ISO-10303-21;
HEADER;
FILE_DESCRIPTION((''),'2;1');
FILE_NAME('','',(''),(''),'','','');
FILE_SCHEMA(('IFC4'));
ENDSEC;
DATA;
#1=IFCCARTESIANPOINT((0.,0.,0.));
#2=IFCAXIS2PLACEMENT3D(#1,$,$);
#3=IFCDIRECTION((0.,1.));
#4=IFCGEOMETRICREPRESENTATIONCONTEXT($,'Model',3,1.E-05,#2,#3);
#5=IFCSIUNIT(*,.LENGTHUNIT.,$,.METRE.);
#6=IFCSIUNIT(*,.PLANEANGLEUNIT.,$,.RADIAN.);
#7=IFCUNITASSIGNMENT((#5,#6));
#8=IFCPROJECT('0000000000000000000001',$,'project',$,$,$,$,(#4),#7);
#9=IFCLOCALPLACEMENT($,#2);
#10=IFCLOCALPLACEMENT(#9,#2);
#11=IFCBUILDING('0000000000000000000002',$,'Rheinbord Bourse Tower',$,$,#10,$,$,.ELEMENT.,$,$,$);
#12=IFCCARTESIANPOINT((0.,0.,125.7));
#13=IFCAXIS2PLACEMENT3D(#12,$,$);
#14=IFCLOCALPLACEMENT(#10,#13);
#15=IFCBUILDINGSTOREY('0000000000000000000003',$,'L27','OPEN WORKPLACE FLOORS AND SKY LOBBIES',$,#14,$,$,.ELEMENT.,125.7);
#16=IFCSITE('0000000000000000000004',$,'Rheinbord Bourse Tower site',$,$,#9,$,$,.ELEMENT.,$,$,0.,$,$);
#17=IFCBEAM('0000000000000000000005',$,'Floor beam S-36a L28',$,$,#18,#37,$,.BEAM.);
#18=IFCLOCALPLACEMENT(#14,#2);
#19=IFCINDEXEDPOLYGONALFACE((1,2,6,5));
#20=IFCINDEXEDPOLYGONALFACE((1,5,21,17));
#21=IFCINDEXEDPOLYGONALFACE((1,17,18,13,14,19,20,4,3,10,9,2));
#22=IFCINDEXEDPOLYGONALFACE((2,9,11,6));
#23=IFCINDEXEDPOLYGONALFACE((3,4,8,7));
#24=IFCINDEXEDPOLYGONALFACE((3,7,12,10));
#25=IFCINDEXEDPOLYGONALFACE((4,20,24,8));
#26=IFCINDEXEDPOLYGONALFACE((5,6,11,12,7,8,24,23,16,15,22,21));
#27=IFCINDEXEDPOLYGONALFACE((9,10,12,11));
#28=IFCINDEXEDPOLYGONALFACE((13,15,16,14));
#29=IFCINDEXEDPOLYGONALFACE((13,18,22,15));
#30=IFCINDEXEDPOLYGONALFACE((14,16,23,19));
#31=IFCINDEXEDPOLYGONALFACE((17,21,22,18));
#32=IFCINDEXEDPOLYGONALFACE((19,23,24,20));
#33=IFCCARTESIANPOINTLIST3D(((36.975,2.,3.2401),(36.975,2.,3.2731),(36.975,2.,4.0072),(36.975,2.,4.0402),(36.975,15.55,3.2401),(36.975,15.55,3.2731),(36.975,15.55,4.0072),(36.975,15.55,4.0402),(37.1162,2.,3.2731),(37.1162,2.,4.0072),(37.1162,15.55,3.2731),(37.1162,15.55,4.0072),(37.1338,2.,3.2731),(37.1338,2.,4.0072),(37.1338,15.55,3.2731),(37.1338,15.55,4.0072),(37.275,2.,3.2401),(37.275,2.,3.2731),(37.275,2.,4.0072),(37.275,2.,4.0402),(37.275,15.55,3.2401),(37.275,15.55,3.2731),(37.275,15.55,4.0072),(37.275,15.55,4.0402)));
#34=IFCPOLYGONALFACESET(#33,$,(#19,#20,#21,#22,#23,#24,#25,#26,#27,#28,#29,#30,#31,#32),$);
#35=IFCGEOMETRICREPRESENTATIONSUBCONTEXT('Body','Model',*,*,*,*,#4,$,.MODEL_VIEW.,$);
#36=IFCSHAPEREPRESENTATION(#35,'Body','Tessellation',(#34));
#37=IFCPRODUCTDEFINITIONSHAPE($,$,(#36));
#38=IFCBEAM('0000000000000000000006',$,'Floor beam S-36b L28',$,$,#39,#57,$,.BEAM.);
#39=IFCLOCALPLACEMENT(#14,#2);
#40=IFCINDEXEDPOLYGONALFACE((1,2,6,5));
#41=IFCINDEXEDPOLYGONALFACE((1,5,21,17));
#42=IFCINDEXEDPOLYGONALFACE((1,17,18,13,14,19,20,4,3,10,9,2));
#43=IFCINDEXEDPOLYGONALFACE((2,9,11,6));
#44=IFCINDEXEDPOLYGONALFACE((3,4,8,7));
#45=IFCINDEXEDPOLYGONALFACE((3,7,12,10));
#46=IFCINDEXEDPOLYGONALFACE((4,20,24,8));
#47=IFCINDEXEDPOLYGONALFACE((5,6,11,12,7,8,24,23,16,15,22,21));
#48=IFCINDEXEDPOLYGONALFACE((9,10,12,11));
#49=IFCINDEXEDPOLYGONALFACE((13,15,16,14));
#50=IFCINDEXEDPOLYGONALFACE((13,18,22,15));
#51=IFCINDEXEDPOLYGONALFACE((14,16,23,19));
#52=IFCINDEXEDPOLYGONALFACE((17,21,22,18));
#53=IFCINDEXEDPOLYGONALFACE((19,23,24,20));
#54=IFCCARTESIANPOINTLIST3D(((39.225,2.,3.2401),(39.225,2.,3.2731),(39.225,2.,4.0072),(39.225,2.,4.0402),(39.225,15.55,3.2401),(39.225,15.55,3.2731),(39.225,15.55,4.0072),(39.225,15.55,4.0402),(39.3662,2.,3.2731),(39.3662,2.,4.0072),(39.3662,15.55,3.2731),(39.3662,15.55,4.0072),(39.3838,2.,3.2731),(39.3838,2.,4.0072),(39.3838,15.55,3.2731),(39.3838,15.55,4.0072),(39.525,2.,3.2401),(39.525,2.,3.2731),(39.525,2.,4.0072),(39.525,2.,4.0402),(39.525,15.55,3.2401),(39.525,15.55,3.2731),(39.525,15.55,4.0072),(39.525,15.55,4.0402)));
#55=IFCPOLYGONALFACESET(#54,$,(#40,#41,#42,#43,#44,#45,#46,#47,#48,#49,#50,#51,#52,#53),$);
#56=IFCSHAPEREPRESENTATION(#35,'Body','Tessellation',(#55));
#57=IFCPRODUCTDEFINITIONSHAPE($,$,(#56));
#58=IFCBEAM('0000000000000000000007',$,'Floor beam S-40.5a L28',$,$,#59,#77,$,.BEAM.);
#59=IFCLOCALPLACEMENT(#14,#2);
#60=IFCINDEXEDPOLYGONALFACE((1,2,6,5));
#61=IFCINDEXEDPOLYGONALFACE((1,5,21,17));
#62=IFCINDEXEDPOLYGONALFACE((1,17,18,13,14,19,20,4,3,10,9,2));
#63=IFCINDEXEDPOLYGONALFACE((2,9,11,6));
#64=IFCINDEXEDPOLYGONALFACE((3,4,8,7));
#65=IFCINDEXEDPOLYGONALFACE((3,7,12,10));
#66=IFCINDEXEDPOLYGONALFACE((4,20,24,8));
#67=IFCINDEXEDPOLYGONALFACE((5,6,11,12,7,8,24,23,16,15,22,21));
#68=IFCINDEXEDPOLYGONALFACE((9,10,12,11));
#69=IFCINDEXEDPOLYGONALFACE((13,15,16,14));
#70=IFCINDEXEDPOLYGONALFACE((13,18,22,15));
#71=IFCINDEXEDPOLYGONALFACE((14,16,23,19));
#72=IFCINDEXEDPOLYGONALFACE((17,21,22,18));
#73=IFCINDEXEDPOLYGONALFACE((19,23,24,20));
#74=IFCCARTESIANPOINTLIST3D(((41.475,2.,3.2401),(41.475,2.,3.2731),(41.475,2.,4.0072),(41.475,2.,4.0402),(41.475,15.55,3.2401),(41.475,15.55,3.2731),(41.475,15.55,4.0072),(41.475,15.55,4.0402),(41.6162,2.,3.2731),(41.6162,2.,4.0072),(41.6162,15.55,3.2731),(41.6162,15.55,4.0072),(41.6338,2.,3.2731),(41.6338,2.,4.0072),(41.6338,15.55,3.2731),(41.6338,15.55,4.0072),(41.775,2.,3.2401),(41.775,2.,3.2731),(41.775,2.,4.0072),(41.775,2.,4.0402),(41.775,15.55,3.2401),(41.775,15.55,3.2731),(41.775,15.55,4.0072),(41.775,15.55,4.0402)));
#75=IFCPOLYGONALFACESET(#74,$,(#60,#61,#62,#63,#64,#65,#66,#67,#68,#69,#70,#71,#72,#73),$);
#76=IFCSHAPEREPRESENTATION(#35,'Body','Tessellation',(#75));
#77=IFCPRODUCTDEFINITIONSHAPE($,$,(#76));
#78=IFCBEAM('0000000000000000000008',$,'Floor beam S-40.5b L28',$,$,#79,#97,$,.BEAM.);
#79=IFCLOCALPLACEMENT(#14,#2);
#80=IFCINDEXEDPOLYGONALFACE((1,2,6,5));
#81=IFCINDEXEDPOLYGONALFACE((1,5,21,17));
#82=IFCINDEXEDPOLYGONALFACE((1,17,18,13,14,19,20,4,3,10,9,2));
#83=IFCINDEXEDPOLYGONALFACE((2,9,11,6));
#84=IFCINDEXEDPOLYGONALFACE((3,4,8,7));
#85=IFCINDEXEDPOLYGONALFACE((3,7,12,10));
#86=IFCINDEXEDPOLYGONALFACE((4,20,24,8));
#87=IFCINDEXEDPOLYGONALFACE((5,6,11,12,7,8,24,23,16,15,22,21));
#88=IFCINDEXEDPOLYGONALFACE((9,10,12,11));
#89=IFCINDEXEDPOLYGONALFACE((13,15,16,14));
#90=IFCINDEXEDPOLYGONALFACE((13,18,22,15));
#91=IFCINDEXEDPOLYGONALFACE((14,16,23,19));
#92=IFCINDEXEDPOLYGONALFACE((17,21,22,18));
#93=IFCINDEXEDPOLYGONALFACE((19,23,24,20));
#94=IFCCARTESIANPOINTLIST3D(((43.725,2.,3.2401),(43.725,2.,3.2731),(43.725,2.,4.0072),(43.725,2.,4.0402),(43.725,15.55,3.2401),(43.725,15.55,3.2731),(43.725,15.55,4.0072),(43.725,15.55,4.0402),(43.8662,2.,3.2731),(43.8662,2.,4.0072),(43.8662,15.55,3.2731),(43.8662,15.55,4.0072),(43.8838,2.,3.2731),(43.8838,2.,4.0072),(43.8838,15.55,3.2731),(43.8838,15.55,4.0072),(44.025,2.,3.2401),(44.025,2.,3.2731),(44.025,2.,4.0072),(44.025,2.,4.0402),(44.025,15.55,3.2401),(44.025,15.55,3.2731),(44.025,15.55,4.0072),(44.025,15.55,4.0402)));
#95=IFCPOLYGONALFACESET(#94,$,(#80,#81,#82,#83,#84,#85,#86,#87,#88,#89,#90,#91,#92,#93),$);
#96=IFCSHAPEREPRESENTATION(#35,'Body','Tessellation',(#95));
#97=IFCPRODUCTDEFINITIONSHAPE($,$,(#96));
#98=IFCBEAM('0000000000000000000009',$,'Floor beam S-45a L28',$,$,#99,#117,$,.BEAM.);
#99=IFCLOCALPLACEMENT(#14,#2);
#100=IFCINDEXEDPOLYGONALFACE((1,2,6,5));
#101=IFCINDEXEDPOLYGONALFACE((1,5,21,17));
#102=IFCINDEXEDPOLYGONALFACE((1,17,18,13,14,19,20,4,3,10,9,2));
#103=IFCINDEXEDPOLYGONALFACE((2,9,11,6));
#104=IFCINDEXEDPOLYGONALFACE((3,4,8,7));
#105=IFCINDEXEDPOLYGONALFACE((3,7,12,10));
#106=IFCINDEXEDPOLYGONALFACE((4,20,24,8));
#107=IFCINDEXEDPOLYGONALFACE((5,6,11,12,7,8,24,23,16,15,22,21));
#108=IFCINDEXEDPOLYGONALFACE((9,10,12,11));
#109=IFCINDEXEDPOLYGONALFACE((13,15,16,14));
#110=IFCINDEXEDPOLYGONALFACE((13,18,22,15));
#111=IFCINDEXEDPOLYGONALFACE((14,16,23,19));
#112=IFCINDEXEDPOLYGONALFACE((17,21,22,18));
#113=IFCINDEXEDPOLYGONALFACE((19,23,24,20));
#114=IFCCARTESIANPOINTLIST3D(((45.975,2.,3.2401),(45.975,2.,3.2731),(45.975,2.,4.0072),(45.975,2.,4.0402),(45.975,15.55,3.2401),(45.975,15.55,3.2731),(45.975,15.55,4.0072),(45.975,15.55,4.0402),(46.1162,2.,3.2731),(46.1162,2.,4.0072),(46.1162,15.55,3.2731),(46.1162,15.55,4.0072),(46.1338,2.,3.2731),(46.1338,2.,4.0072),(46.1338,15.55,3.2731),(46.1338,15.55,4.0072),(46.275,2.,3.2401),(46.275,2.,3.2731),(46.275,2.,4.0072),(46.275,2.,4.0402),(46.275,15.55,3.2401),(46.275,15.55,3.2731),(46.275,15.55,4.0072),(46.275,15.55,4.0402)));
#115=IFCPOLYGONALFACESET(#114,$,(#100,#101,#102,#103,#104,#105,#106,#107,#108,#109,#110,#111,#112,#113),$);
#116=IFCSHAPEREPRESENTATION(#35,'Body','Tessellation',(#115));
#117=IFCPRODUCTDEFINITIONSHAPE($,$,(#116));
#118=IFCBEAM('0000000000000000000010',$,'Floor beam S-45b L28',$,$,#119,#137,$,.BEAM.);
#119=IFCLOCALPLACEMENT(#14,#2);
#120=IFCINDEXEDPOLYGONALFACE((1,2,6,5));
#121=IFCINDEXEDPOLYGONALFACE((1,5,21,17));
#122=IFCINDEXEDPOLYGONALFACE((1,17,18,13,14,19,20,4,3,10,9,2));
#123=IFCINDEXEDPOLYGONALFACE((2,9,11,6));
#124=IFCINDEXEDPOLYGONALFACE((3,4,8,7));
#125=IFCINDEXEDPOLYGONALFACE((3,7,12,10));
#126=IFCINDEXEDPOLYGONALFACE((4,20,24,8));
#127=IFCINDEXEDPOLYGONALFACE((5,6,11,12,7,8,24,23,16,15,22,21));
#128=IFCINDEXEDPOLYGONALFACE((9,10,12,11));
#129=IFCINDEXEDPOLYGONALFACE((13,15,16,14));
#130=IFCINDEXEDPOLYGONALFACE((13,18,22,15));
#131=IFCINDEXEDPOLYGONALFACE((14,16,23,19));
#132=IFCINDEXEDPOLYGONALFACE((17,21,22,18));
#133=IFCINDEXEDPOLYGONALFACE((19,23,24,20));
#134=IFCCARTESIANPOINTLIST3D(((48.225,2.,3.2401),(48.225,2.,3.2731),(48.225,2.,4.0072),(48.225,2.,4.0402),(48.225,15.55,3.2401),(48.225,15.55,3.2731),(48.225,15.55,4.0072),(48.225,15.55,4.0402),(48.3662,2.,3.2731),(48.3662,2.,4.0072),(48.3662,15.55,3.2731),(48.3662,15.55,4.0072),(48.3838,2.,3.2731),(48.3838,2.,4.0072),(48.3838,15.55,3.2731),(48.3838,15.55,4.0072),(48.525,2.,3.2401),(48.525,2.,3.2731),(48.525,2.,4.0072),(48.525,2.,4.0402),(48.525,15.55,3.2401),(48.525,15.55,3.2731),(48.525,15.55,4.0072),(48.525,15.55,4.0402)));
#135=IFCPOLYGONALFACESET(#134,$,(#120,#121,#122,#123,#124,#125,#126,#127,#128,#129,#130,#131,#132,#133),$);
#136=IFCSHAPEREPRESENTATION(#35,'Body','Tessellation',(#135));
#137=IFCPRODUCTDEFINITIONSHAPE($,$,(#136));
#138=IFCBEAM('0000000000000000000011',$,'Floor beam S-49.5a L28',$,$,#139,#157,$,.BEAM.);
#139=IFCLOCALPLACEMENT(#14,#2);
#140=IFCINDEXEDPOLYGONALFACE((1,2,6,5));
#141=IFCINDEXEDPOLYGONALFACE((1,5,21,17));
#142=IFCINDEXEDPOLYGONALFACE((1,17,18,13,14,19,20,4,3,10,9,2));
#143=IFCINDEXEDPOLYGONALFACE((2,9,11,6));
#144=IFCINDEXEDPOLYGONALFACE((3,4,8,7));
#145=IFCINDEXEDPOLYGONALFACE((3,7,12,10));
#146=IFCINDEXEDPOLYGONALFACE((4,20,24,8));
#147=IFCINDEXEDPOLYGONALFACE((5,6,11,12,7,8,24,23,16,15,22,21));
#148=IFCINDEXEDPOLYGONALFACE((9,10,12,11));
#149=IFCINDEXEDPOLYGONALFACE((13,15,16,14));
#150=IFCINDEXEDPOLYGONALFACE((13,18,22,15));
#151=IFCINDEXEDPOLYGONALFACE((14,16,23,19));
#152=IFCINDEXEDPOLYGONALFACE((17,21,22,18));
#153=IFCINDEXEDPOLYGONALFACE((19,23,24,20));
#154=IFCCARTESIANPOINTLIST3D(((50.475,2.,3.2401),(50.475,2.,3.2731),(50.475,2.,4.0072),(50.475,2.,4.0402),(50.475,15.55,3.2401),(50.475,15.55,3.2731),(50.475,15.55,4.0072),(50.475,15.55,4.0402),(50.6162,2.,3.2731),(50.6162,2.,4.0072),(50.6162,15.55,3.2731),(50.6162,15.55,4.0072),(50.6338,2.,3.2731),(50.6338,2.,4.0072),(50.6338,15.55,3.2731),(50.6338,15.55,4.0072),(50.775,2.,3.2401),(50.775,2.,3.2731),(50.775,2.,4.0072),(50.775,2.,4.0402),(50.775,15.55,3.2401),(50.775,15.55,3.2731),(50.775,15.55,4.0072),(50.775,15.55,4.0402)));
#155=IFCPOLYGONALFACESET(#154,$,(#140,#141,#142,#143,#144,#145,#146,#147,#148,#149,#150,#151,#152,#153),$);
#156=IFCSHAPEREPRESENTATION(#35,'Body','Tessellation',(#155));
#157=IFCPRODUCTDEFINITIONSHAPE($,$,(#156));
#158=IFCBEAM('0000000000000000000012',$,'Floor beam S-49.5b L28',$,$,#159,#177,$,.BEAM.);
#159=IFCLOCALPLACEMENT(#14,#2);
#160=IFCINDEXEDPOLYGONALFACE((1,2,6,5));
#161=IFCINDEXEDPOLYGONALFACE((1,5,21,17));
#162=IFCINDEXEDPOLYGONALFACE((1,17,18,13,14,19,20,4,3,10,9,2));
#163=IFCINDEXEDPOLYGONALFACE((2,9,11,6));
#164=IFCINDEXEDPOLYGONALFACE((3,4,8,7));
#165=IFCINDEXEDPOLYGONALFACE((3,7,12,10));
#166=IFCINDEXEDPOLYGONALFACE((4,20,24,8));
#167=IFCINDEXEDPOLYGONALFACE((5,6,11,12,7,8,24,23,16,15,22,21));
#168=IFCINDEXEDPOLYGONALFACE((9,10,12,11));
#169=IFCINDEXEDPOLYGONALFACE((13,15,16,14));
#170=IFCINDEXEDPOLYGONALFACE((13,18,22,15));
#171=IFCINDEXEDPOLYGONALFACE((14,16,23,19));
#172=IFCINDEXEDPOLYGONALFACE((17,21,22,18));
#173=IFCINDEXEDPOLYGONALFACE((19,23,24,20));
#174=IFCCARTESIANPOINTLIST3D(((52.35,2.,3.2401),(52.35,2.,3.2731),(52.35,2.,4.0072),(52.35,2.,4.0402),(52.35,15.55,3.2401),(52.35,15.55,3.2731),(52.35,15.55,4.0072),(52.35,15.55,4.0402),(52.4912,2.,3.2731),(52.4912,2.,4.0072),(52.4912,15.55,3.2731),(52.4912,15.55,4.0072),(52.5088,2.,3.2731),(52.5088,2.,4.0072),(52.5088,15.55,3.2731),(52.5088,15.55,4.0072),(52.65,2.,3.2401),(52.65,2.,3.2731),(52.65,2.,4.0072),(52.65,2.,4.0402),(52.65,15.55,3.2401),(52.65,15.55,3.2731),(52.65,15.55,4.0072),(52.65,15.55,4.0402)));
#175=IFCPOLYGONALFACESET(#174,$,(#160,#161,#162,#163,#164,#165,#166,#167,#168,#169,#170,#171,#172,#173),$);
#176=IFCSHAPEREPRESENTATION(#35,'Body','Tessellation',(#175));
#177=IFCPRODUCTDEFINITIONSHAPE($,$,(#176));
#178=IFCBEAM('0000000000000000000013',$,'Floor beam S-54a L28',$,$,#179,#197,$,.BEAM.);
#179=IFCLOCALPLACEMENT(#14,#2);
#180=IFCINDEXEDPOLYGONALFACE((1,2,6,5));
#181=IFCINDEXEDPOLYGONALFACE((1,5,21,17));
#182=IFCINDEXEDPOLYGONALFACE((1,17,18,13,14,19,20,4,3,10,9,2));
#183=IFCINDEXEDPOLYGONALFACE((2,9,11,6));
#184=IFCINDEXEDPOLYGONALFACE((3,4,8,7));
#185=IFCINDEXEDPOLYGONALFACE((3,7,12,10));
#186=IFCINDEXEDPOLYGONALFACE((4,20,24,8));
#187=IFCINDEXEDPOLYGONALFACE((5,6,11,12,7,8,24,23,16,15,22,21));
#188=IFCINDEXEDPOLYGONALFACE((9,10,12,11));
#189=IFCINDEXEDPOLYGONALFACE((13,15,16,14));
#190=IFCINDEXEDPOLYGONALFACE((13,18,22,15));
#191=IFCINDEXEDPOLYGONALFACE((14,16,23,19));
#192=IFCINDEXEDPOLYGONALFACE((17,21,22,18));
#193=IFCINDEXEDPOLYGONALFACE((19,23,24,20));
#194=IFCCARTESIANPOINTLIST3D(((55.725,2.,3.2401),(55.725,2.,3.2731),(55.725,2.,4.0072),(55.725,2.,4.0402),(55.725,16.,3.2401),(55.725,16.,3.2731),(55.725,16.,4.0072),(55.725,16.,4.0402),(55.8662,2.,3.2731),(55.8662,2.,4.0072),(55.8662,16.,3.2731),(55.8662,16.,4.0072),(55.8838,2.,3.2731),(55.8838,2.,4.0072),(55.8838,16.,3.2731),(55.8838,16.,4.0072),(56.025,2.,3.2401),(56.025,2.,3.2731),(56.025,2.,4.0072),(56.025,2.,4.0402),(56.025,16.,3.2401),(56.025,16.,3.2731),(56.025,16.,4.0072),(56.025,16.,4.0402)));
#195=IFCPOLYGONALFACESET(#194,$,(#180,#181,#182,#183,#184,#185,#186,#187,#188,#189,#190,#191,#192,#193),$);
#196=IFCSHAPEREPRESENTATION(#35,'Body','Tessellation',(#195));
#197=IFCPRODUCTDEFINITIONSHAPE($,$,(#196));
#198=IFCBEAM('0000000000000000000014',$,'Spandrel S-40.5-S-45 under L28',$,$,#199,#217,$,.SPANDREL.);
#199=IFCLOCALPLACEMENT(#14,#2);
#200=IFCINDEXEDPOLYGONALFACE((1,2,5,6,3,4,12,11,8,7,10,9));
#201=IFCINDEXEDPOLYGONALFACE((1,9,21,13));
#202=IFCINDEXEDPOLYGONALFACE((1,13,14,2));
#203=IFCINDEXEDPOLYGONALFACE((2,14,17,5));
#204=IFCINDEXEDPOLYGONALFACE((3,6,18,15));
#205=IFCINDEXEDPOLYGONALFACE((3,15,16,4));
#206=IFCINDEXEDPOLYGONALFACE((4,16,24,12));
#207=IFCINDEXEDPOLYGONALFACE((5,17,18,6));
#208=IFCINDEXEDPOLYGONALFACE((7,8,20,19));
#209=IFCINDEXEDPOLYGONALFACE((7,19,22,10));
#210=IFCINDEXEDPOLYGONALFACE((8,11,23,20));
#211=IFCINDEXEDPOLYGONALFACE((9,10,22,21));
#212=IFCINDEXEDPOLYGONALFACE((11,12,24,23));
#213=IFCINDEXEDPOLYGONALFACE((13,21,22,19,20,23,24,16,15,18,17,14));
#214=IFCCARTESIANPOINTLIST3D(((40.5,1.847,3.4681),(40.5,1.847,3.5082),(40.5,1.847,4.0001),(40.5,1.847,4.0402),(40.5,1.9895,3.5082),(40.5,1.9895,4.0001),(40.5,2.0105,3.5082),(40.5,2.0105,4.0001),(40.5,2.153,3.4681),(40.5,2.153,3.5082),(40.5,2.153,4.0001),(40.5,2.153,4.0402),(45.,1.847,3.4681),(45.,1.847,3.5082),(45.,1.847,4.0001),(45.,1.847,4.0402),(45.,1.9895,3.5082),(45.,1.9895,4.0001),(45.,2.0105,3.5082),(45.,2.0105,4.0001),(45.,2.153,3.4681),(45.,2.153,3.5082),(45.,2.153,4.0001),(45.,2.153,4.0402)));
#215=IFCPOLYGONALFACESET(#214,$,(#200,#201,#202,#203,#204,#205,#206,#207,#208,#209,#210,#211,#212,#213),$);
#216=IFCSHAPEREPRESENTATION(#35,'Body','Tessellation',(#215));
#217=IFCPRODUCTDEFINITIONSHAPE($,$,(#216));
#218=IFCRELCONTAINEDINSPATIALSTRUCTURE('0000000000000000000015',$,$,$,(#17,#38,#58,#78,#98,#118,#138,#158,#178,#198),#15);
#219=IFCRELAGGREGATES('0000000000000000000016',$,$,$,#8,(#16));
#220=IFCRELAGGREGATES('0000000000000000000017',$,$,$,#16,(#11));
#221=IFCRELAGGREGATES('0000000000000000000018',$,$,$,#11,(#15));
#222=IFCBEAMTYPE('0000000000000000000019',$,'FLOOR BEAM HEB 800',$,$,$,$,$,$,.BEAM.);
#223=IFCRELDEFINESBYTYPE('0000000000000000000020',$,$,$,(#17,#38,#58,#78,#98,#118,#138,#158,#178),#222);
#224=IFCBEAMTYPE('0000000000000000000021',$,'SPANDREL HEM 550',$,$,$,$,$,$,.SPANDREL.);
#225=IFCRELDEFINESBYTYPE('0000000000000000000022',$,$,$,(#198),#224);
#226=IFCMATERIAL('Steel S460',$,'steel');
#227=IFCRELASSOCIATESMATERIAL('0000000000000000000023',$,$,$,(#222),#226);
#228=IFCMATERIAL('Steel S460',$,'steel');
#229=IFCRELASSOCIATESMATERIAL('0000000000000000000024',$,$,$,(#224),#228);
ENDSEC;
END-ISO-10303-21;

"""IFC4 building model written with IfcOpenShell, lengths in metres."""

from ifc_helpers import new_model, si_unit, direction, frame, origin, origin_2d, place, context, subcontext, project, spatial, i_section, extrude, material, material_profile, profile_set, type_object, element, save


model = new_model("IFC4")

# Units and contexts
model_context = context("Model", 3, precision=1e-05, world=origin(), true_north=direction((0.0, 1.0)))
body_context = subcontext(model_context, "Body", "Model", "MODEL_VIEW")
ifc_project = project(units=[si_unit("LENGTHUNIT", "METRE"), si_unit("PLANEANGLEUNIT", "RADIAN")], contexts=[model_context])

# Site, building, storey
site_placement = place(None, origin())
site = spatial("IfcSite", under=ifc_project, at=site_placement, Name="Rheinbord Bourse Tower site", CompositionType="ELEMENT", RefElevation=0.0)
building_placement = place(site_placement, origin())
building = spatial("IfcBuilding", under=site, at=building_placement, Name="Rheinbord Bourse Tower", CompositionType="ELEMENT")
storey_placement = place(building_placement, frame((0.0, 0.0, 125.7)))
storey = spatial("IfcBuildingStorey", under=building, at=storey_placement, Name="L27", Description="OPEN WORKPLACE FLOORS AND SKY LOBBIES", CompositionType="ELEMENT", Elevation=125.7)

# Beams
ifc_material_1 = material(Name="Steel S460", Category="steel")
ifc_material_profile_1 = material_profile(ifc_material_1, i_section(OverallWidth=0.3, OverallDepth=0.8, WebThickness=0.0176, FlangeThickness=0.033, at=origin_2d()), Name="HEB 800")
ifc_profile_set_1 = profile_set([ifc_material_profile_1], Name="Steel S460")
beam_type_1 = type_object("IfcBeamType", Name="FLOOR BEAM HEB 800", PredefinedType="BEAM", material=ifc_profile_set_1)
for number, where, z_axis, x_axis, name in (
    (1, (37.125, 2.0, 3.6401), (0.0, 1.0, 0.0), (-1.0, 0.0, 0.0), "Floor beam S-36a L28"),
    (2, (39.375, 2.0, 3.6401), (0.0, 1.0, 0.0), (-1.0, 0.0, 0.0), "Floor beam S-36b L28"),
    (3, (41.625, 2.0, 3.6401), (0.0, 1.0, 0.0), (-1.0, 0.0, 0.0), "Floor beam S-40.5a L28"),
    (4, (43.875, 2.0, 3.6401), (0.0, 1.0, 0.0), (-1.0, 0.0, 0.0), "Floor beam S-40.5b L28"),
    (5, (46.125, 2.0, 3.6401), (0.0, 1.0, 0.0), (-1.0, 0.0, 0.0), "Floor beam S-45a L28"),
    (6, (48.375, 2.0, 3.6401), (0.0, 1.0, 0.0), (-1.0, 0.0, 0.0), "Floor beam S-45b L28"),
    (7, (50.625, 2.0, 3.6401), (0.0, 1.0, 0.0), (-1.0, 0.0, 0.0), "Floor beam S-49.5a L28"),
    (8, (52.5, 2.0, 3.6401), (0.0, 1.0, 0.0), (-1.0, 0.0, 0.0), "Floor beam S-49.5b L28"),
):
    element("IfcBeam", number, at=place(storey_placement, frame(where, z_axis=z_axis, x_axis=x_axis)), inside=storey, type_object=beam_type_1, Name=name, PredefinedType="BEAM", context=body_context, shape_type="SweptSolid", body=[
        extrude(i_section(OverallWidth=0.3, OverallDepth=0.8, WebThickness=0.0176, FlangeThickness=0.033, at=origin_2d()), origin(), (0.0, 0.0, 1.0), 13.55),
    ])
beam_placement = place(storey_placement, frame((55.875, 2.0, 3.6401), z_axis=(0.0, 1.0, 0.0), x_axis=(-1.0, 0.0, 0.0)))
element("IfcBeam", 9, at=beam_placement, inside=storey, type_object=beam_type_1, Name="Floor beam S-54a L28", PredefinedType="BEAM", context=body_context, shape_type="SweptSolid", body=[
    extrude(i_section(OverallWidth=0.3, OverallDepth=0.8, WebThickness=0.0176, FlangeThickness=0.033, at=origin_2d()), origin(), (0.0, 0.0, 1.0), 14.0),
])
ifc_material_2 = material(Name="Steel S460", Category="steel")
ifc_material_profile_2 = material_profile(ifc_material_2, i_section(OverallWidth=0.3059, OverallDepth=0.572, WebThickness=0.021, FlangeThickness=0.04, at=origin_2d()), Name="HEM 550")
ifc_profile_set_2 = profile_set([ifc_material_profile_2], Name="Steel S460")
beam_type_2 = type_object("IfcBeamType", Name="SPANDREL HEM 550", PredefinedType="SPANDREL", material=ifc_profile_set_2)
for number, where, z_axis, x_axis, name in (
    (10, (40.5, 2.0, 3.7542), (1.0, 0.0, 0.0), (0.0, 1.0, 0.0), "Spandrel S-40.5-S-45 under L28"),
):
    element("IfcBeam", number, at=place(storey_placement, frame(where, z_axis=z_axis, x_axis=x_axis)), inside=storey, type_object=beam_type_2, Name=name, PredefinedType="SPANDREL", context=body_context, shape_type="SweptSolid", body=[
        extrude(i_section(OverallWidth=0.3059, OverallDepth=0.572, WebThickness=0.021, FlangeThickness=0.04, at=origin_2d()), origin(), (0.0, 0.0, 1.0), 4.5),
    ])

save(model, "model.ifc")
